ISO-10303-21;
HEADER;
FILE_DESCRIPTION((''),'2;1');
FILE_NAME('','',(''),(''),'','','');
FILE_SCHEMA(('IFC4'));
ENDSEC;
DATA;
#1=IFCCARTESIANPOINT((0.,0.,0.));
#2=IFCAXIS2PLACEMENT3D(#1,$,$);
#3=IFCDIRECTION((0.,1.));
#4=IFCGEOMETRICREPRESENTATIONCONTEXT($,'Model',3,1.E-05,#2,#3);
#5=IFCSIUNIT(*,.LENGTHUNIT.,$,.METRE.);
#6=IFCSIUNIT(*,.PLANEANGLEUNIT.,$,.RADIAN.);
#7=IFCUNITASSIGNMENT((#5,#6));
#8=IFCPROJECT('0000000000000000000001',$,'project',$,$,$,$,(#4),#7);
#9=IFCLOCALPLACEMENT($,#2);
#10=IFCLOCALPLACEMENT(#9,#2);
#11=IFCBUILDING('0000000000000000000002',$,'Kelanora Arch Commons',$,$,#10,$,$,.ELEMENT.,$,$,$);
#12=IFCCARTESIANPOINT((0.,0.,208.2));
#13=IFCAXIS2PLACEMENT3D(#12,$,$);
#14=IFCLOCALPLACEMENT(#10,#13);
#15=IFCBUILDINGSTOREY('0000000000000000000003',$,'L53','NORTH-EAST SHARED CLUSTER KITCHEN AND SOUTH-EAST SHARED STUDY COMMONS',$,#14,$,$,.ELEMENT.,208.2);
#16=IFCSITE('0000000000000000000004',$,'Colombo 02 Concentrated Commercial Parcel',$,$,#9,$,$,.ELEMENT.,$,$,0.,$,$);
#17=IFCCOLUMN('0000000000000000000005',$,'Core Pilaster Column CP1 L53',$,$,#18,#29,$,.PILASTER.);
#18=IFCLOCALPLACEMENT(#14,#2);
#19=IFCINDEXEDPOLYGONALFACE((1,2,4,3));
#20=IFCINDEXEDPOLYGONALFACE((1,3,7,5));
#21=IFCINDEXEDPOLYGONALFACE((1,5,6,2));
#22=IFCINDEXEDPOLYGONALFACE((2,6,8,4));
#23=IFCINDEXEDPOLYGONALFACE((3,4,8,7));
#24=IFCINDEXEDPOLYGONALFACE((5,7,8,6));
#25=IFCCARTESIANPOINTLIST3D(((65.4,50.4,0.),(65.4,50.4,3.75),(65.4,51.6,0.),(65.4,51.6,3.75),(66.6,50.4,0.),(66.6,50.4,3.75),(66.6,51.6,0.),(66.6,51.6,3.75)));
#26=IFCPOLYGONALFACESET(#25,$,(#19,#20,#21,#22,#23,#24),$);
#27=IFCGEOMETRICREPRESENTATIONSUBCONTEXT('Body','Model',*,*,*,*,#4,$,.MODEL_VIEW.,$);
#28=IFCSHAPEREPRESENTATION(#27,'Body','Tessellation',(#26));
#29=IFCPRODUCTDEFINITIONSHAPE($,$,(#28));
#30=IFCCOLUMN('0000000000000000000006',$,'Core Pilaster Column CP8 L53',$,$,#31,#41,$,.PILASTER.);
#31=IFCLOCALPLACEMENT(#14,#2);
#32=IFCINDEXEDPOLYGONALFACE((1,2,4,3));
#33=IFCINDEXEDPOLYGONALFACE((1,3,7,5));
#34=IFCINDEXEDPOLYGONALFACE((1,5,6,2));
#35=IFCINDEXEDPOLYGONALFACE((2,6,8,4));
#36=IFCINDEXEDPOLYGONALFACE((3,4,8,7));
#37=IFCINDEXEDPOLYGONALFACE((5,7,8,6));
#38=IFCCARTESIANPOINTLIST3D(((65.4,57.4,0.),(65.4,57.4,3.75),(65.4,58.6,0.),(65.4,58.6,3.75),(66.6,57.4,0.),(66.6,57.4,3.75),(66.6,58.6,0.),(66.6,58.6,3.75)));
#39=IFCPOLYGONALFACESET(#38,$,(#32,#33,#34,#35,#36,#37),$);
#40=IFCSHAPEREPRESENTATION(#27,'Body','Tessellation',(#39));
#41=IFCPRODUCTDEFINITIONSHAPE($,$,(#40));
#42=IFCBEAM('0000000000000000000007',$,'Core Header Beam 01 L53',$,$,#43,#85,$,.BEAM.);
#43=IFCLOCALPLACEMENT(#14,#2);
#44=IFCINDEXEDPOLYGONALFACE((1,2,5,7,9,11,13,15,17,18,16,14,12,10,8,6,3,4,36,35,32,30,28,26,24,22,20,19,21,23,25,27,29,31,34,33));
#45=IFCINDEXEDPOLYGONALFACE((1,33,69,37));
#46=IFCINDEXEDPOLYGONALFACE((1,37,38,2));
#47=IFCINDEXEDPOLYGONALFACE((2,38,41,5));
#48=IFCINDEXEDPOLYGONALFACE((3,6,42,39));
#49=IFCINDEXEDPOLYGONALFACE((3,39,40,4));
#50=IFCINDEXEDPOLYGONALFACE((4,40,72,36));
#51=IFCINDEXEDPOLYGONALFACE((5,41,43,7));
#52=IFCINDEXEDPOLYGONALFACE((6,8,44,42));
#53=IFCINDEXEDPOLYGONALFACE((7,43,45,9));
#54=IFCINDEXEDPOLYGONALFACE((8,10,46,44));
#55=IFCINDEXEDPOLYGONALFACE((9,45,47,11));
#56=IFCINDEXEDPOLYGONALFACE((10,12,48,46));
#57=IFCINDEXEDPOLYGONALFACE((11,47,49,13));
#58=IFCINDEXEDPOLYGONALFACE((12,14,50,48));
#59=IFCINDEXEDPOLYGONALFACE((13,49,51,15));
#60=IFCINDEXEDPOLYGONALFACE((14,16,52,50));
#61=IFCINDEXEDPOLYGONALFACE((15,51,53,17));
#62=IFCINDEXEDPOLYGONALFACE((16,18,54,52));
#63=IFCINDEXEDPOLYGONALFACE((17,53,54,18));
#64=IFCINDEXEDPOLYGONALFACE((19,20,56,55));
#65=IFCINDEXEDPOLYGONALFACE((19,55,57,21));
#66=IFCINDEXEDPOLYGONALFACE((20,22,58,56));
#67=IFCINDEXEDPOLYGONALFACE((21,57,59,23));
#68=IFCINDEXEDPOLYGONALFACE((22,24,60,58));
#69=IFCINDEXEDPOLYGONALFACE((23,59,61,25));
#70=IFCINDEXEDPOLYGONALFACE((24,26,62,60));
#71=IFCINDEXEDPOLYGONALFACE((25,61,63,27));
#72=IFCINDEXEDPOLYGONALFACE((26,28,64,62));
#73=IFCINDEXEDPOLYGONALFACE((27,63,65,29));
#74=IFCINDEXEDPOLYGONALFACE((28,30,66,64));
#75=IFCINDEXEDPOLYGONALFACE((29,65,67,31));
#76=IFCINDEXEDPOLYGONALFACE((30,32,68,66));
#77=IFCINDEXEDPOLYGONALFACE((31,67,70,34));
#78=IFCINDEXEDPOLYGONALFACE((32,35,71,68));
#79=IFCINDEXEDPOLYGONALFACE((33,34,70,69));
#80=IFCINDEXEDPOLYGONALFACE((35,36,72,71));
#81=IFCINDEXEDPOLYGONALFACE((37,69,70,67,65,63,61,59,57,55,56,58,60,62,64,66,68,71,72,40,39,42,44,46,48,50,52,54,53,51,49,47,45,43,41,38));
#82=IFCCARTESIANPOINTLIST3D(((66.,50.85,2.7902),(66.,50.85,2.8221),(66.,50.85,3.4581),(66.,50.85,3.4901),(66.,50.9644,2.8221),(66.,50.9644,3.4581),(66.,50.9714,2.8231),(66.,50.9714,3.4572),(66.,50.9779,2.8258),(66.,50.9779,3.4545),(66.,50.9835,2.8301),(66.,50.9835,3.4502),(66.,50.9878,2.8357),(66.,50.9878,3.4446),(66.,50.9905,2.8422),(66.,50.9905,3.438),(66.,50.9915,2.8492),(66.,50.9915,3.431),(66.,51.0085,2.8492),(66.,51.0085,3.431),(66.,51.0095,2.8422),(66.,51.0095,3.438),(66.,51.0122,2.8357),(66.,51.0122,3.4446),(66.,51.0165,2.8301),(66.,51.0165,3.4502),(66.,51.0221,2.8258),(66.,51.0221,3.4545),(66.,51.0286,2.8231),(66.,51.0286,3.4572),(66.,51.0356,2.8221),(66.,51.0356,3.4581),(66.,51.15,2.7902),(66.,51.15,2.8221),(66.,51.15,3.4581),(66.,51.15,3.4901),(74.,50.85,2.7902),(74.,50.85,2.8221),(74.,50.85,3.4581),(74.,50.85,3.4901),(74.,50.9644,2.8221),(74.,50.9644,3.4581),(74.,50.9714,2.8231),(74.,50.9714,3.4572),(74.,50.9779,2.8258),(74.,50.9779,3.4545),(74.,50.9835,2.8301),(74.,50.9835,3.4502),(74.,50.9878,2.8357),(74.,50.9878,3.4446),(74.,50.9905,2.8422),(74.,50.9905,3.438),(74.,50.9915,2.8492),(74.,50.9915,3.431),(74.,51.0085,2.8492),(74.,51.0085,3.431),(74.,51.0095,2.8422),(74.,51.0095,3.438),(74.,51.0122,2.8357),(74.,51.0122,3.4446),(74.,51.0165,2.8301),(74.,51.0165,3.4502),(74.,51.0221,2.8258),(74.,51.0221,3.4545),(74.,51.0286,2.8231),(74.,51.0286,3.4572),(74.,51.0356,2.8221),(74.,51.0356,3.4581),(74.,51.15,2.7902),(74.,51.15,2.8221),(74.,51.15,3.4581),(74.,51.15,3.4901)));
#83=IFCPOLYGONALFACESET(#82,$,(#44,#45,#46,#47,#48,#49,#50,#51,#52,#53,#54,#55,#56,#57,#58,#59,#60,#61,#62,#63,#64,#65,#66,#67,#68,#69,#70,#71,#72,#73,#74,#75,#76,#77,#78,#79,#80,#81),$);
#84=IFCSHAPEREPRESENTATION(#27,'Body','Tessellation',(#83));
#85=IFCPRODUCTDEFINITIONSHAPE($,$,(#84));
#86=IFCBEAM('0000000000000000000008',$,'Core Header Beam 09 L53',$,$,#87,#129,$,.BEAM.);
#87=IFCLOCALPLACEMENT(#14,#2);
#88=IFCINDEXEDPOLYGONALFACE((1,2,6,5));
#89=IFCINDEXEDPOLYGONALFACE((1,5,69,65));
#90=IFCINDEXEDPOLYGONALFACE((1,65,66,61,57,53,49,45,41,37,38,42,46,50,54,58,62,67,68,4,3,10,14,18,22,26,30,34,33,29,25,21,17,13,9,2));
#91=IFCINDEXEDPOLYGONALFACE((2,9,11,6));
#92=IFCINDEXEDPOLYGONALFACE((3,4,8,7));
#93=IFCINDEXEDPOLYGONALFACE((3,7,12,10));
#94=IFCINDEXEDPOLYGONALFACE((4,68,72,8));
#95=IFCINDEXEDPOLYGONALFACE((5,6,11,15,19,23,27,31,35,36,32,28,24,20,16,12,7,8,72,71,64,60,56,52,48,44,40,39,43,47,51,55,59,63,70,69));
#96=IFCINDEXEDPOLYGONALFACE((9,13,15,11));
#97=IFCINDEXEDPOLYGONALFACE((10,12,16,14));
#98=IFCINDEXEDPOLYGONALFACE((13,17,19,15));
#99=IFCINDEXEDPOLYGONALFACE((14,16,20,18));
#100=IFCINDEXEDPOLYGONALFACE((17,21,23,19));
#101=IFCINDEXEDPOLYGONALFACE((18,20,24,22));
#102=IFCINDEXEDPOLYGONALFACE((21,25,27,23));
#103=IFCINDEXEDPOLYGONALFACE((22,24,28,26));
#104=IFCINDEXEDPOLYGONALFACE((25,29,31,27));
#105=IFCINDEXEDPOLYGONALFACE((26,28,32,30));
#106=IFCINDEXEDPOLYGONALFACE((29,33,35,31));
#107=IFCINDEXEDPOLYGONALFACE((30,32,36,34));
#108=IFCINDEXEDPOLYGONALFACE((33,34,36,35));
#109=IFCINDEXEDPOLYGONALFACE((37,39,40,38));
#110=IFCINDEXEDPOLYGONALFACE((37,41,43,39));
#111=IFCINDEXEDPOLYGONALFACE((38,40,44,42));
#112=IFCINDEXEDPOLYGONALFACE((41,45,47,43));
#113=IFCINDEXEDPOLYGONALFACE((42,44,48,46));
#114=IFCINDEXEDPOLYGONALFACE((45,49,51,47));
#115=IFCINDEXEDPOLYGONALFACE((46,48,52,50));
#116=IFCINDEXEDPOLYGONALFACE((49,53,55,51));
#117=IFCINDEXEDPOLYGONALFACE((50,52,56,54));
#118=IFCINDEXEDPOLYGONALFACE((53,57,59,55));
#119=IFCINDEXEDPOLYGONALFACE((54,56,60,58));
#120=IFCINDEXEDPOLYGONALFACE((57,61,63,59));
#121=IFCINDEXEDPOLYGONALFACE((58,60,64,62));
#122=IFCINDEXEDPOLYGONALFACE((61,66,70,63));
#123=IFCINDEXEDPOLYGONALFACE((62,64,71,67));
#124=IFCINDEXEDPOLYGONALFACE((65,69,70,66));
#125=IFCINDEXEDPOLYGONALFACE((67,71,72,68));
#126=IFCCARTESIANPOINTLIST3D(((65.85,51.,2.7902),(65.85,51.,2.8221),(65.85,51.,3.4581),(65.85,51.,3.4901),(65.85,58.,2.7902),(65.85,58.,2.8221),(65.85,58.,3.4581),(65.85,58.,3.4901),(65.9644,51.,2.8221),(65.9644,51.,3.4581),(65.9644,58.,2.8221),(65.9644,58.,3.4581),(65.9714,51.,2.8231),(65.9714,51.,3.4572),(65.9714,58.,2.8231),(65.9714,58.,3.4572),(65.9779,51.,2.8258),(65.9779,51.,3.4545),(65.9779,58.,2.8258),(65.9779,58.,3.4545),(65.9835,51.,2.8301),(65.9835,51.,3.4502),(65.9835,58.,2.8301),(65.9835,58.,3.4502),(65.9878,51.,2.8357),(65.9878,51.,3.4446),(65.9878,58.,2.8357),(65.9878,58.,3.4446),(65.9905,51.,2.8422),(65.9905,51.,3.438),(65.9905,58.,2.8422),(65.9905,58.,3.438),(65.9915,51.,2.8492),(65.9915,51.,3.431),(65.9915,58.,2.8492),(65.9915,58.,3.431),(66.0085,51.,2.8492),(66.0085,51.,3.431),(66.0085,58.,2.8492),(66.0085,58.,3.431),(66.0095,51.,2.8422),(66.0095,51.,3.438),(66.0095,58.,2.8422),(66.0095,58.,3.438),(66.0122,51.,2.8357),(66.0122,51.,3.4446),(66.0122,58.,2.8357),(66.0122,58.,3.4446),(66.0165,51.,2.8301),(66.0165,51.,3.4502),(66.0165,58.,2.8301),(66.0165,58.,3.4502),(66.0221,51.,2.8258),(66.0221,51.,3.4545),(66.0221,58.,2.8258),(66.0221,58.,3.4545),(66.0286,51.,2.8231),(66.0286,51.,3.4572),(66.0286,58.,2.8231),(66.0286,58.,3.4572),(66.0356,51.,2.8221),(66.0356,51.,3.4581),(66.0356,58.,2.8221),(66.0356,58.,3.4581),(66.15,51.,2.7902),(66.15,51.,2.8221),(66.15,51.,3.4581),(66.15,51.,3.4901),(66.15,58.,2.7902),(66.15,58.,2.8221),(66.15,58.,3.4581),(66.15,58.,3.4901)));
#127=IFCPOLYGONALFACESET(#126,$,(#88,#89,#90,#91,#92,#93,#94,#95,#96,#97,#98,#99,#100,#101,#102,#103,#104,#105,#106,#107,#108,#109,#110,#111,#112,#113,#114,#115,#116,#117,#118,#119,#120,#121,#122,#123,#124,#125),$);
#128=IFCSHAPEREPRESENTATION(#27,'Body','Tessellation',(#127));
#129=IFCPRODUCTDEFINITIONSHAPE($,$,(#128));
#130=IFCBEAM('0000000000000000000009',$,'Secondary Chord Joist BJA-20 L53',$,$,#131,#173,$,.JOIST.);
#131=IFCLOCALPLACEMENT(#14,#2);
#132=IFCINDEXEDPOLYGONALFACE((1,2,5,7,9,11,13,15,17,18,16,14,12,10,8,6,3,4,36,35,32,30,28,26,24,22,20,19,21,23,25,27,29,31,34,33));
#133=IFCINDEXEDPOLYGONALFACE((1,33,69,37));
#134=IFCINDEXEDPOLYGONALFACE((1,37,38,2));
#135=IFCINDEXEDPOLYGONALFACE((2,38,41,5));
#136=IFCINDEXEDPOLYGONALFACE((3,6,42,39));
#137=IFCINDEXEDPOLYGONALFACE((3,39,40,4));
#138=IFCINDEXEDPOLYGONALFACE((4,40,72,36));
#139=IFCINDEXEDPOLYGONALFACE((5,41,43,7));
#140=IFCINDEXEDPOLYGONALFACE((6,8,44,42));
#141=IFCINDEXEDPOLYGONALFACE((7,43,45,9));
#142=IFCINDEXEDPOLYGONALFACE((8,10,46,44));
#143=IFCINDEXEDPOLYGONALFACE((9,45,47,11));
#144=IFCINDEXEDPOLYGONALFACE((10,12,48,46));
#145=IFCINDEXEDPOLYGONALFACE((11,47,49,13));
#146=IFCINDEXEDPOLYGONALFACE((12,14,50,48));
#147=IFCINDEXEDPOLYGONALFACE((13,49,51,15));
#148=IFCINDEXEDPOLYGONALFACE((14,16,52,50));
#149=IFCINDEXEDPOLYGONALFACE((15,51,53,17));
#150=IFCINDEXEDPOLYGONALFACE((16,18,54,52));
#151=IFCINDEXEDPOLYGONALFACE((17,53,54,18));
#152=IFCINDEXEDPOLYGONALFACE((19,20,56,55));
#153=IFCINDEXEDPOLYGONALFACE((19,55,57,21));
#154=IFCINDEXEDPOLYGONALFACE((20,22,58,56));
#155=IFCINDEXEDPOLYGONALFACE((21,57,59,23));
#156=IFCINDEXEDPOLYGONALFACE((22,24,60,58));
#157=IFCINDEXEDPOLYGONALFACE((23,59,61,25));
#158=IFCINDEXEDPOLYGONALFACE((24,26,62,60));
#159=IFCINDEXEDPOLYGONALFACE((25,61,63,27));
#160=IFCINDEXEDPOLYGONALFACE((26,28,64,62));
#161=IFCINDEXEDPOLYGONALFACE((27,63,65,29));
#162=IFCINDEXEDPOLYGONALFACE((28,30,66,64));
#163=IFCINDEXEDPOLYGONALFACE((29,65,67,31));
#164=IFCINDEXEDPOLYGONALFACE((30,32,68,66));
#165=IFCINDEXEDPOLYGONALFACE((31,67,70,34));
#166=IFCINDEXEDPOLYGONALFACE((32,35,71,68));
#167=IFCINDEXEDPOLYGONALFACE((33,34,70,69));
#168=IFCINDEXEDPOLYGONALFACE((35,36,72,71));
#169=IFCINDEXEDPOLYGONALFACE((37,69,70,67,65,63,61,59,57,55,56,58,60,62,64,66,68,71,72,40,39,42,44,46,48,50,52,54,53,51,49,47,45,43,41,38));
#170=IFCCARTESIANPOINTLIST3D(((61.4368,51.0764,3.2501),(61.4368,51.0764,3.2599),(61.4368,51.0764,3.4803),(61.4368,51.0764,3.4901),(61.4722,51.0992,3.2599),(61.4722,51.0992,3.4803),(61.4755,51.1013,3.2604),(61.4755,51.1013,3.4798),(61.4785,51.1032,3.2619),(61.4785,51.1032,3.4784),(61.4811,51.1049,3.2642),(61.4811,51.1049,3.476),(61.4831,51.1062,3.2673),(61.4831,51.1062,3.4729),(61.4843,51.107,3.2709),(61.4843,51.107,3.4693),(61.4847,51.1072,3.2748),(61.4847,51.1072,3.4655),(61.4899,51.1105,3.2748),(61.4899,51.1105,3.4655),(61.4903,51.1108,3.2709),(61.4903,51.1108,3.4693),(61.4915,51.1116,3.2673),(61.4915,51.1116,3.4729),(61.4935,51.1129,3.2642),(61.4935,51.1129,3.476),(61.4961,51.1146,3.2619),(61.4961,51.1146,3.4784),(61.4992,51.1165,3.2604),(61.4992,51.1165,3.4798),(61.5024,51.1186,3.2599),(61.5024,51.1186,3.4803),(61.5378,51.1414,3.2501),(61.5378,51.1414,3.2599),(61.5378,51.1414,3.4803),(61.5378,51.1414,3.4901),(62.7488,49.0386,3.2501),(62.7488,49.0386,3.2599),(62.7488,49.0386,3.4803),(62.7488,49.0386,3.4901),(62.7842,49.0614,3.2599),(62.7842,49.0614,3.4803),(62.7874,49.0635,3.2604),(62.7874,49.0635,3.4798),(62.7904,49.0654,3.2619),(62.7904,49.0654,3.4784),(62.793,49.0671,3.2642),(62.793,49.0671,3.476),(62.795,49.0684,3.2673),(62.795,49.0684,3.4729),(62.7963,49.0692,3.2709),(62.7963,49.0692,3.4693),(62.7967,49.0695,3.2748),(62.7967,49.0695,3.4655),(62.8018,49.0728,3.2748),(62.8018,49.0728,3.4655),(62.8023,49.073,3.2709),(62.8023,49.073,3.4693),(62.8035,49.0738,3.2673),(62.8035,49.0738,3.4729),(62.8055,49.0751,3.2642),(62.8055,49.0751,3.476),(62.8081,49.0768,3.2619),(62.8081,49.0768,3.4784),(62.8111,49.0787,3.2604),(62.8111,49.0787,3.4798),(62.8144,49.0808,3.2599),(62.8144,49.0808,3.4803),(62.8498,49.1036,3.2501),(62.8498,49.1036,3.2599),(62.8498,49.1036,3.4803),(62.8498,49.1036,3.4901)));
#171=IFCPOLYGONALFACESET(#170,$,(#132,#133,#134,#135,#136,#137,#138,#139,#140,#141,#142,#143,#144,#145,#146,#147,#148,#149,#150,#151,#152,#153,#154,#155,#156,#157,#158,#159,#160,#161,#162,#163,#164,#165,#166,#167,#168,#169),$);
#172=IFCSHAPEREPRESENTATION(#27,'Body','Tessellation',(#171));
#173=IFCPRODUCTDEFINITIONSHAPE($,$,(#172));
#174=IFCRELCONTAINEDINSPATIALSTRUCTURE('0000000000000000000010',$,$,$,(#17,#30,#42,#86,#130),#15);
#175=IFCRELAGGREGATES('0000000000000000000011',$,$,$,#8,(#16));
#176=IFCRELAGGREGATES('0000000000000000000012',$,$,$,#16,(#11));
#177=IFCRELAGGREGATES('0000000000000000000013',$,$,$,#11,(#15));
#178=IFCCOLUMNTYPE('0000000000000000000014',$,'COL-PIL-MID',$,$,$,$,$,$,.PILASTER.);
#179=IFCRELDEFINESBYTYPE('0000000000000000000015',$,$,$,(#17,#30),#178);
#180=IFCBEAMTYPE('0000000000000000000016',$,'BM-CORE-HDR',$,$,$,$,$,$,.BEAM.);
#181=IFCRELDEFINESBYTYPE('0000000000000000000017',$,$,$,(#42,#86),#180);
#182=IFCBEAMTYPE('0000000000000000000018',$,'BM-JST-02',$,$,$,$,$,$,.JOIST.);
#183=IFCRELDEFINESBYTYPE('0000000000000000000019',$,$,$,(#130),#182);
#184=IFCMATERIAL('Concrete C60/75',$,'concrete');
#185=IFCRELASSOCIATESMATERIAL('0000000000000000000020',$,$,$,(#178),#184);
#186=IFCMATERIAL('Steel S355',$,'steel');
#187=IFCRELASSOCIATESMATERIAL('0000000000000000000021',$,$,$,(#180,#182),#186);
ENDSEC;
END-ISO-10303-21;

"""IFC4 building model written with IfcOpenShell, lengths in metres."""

from ifc_helpers import new_model, si_unit, direction, frame, origin, origin_2d, place, context, subcontext, project, spatial, rectangle, i_section, extrude, material, material_profile, profile_set, type_object, element, save


model = new_model("IFC4")

# Units and contexts
model_context = context("Model", 3, precision=1e-05, world=origin(), true_north=direction((0.0, 1.0)))
body_context = subcontext(model_context, "Body", "Model", "MODEL_VIEW")
ifc_project = project(units=[si_unit("LENGTHUNIT", "METRE"), si_unit("PLANEANGLEUNIT", "RADIAN")], contexts=[model_context])

# Site, building, storey
site_placement = place(None, origin())
site = spatial("IfcSite", under=ifc_project, at=site_placement, Name="Colombo 02 Concentrated Commercial Parcel", CompositionType="ELEMENT", RefElevation=0.0)
building_placement = place(site_placement, origin())
building = spatial("IfcBuilding", under=site, at=building_placement, Name="Kelanora Arch Commons", CompositionType="ELEMENT")
storey_placement = place(building_placement, frame((0.0, 0.0, 208.2)))
storey = spatial("IfcBuildingStorey", under=building, at=storey_placement, Name="L53", Description="NORTH-EAST SHARED CLUSTER KITCHEN AND SOUTH-EAST SHARED STUDY COMMONS", CompositionType="ELEMENT", Elevation=208.2)

# Columns
ifc_material_1 = material(Name="Concrete C60/75", Category="concrete")
ifc_material_profile_1 = material_profile(ifc_material_1, rectangle(XDim=1.2, YDim=1.2, at=origin_2d()), Name="RC1200x1200")
ifc_profile_set_1 = profile_set([ifc_material_profile_1], Name="Concrete C60/75")
column_type = type_object("IfcColumnType", Name="COL-PIL-MID", PredefinedType="PILASTER", material=ifc_profile_set_1)
for number, where, z_axis, x_axis, name in (
    (1, (66.0, 51.0, 0.0), (0.0, 0.0, 1.0), (1.0, 0.0, 0.0), "Core Pilaster Column CP1 L53"),
    (2, (66.0, 58.0, 0.0), (0.0, 0.0, 1.0), (1.0, 0.0, 0.0), "Core Pilaster Column CP8 L53"),
):
    element("IfcColumn", number, at=place(storey_placement, frame(where, z_axis=z_axis, x_axis=x_axis)), inside=storey, type_object=column_type, Name=name, PredefinedType="PILASTER", context=body_context, shape_type="SweptSolid", body=[
        extrude(rectangle(XDim=1.2, YDim=1.2, at=origin_2d()), origin(), (0.0, 0.0, 1.0), 3.75),
    ])

# Beams
ifc_material_2 = material(Name="Steel S355", Category="steel")
ifc_material_profile_2 = material_profile(ifc_material_2, i_section(OverallWidth=0.3, OverallDepth=0.7, WebThickness=0.0171, FlangeThickness=0.032, FilletRadius=0.0271, at=origin_2d()), Name="HEB700")
ifc_profile_set_2 = profile_set([ifc_material_profile_2], Name="Steel S355")
beam_type_1 = type_object("IfcBeamType", Name="BM-CORE-HDR", PredefinedType="BEAM", material=ifc_profile_set_2)
beam_1_placement = place(storey_placement, frame((66.0, 51.0, 3.1401), z_axis=(1.0, 0.0, 0.0), x_axis=(0.0, 1.0, 0.0)))
element("IfcBeam", 3, at=beam_1_placement, inside=storey, type_object=beam_type_1, Name="Core Header Beam 01 L53", PredefinedType="BEAM", context=body_context, shape_type="SweptSolid", body=[
    extrude(i_section(OverallWidth=0.3, OverallDepth=0.7, WebThickness=0.0171, FlangeThickness=0.032, FilletRadius=0.0271, at=origin_2d()), origin(), (0.0, 0.0, 1.0), 8.0),
])
beam_2_placement = place(storey_placement, frame((66.0, 58.0, 3.1401), z_axis=(0.0, -1.0, 0.0), x_axis=(1.0, 0.0, 0.0)))
element("IfcBeam", 4, at=beam_2_placement, inside=storey, type_object=beam_type_1, Name="Core Header Beam 09 L53", PredefinedType="BEAM", context=body_context, shape_type="SweptSolid", body=[
    extrude(i_section(OverallWidth=0.3, OverallDepth=0.7, WebThickness=0.0171, FlangeThickness=0.032, FilletRadius=0.0271, at=origin_2d()), origin(), (0.0, 0.0, 1.0), 7.0),
])
ifc_material_profile_3 = material_profile(ifc_material_2, i_section(OverallWidth=0.1201, OverallDepth=0.24, WebThickness=0.0061, FlangeThickness=0.0098, FilletRadius=0.0149, at=origin_2d()), Name="IPE240")
ifc_profile_set_3 = profile_set([ifc_material_profile_3], Name="Steel S355")
beam_type_2 = type_object("IfcBeamType", Name="BM-JST-02", PredefinedType="JOIST", material=ifc_profile_set_3)
beam_3_placement = place(storey_placement, frame((61.4873, 51.1089, 3.3701), z_axis=(0.541333, -0.840808, 0.0), x_axis=(0.840808, 0.541333, 0.0)))
element("IfcBeam", 5, at=beam_3_placement, inside=storey, type_object=beam_type_2, Name="Secondary Chord Joist BJA-20 L53", PredefinedType="JOIST", context=body_context, shape_type="SweptSolid", body=[
    extrude(i_section(OverallWidth=0.1201, OverallDepth=0.24, WebThickness=0.0061, FlangeThickness=0.0098, FilletRadius=0.0149, at=origin_2d()), origin(), (0.0, 0.0, 1.0), 2.4236),
])

save(model, "model.ifc")
